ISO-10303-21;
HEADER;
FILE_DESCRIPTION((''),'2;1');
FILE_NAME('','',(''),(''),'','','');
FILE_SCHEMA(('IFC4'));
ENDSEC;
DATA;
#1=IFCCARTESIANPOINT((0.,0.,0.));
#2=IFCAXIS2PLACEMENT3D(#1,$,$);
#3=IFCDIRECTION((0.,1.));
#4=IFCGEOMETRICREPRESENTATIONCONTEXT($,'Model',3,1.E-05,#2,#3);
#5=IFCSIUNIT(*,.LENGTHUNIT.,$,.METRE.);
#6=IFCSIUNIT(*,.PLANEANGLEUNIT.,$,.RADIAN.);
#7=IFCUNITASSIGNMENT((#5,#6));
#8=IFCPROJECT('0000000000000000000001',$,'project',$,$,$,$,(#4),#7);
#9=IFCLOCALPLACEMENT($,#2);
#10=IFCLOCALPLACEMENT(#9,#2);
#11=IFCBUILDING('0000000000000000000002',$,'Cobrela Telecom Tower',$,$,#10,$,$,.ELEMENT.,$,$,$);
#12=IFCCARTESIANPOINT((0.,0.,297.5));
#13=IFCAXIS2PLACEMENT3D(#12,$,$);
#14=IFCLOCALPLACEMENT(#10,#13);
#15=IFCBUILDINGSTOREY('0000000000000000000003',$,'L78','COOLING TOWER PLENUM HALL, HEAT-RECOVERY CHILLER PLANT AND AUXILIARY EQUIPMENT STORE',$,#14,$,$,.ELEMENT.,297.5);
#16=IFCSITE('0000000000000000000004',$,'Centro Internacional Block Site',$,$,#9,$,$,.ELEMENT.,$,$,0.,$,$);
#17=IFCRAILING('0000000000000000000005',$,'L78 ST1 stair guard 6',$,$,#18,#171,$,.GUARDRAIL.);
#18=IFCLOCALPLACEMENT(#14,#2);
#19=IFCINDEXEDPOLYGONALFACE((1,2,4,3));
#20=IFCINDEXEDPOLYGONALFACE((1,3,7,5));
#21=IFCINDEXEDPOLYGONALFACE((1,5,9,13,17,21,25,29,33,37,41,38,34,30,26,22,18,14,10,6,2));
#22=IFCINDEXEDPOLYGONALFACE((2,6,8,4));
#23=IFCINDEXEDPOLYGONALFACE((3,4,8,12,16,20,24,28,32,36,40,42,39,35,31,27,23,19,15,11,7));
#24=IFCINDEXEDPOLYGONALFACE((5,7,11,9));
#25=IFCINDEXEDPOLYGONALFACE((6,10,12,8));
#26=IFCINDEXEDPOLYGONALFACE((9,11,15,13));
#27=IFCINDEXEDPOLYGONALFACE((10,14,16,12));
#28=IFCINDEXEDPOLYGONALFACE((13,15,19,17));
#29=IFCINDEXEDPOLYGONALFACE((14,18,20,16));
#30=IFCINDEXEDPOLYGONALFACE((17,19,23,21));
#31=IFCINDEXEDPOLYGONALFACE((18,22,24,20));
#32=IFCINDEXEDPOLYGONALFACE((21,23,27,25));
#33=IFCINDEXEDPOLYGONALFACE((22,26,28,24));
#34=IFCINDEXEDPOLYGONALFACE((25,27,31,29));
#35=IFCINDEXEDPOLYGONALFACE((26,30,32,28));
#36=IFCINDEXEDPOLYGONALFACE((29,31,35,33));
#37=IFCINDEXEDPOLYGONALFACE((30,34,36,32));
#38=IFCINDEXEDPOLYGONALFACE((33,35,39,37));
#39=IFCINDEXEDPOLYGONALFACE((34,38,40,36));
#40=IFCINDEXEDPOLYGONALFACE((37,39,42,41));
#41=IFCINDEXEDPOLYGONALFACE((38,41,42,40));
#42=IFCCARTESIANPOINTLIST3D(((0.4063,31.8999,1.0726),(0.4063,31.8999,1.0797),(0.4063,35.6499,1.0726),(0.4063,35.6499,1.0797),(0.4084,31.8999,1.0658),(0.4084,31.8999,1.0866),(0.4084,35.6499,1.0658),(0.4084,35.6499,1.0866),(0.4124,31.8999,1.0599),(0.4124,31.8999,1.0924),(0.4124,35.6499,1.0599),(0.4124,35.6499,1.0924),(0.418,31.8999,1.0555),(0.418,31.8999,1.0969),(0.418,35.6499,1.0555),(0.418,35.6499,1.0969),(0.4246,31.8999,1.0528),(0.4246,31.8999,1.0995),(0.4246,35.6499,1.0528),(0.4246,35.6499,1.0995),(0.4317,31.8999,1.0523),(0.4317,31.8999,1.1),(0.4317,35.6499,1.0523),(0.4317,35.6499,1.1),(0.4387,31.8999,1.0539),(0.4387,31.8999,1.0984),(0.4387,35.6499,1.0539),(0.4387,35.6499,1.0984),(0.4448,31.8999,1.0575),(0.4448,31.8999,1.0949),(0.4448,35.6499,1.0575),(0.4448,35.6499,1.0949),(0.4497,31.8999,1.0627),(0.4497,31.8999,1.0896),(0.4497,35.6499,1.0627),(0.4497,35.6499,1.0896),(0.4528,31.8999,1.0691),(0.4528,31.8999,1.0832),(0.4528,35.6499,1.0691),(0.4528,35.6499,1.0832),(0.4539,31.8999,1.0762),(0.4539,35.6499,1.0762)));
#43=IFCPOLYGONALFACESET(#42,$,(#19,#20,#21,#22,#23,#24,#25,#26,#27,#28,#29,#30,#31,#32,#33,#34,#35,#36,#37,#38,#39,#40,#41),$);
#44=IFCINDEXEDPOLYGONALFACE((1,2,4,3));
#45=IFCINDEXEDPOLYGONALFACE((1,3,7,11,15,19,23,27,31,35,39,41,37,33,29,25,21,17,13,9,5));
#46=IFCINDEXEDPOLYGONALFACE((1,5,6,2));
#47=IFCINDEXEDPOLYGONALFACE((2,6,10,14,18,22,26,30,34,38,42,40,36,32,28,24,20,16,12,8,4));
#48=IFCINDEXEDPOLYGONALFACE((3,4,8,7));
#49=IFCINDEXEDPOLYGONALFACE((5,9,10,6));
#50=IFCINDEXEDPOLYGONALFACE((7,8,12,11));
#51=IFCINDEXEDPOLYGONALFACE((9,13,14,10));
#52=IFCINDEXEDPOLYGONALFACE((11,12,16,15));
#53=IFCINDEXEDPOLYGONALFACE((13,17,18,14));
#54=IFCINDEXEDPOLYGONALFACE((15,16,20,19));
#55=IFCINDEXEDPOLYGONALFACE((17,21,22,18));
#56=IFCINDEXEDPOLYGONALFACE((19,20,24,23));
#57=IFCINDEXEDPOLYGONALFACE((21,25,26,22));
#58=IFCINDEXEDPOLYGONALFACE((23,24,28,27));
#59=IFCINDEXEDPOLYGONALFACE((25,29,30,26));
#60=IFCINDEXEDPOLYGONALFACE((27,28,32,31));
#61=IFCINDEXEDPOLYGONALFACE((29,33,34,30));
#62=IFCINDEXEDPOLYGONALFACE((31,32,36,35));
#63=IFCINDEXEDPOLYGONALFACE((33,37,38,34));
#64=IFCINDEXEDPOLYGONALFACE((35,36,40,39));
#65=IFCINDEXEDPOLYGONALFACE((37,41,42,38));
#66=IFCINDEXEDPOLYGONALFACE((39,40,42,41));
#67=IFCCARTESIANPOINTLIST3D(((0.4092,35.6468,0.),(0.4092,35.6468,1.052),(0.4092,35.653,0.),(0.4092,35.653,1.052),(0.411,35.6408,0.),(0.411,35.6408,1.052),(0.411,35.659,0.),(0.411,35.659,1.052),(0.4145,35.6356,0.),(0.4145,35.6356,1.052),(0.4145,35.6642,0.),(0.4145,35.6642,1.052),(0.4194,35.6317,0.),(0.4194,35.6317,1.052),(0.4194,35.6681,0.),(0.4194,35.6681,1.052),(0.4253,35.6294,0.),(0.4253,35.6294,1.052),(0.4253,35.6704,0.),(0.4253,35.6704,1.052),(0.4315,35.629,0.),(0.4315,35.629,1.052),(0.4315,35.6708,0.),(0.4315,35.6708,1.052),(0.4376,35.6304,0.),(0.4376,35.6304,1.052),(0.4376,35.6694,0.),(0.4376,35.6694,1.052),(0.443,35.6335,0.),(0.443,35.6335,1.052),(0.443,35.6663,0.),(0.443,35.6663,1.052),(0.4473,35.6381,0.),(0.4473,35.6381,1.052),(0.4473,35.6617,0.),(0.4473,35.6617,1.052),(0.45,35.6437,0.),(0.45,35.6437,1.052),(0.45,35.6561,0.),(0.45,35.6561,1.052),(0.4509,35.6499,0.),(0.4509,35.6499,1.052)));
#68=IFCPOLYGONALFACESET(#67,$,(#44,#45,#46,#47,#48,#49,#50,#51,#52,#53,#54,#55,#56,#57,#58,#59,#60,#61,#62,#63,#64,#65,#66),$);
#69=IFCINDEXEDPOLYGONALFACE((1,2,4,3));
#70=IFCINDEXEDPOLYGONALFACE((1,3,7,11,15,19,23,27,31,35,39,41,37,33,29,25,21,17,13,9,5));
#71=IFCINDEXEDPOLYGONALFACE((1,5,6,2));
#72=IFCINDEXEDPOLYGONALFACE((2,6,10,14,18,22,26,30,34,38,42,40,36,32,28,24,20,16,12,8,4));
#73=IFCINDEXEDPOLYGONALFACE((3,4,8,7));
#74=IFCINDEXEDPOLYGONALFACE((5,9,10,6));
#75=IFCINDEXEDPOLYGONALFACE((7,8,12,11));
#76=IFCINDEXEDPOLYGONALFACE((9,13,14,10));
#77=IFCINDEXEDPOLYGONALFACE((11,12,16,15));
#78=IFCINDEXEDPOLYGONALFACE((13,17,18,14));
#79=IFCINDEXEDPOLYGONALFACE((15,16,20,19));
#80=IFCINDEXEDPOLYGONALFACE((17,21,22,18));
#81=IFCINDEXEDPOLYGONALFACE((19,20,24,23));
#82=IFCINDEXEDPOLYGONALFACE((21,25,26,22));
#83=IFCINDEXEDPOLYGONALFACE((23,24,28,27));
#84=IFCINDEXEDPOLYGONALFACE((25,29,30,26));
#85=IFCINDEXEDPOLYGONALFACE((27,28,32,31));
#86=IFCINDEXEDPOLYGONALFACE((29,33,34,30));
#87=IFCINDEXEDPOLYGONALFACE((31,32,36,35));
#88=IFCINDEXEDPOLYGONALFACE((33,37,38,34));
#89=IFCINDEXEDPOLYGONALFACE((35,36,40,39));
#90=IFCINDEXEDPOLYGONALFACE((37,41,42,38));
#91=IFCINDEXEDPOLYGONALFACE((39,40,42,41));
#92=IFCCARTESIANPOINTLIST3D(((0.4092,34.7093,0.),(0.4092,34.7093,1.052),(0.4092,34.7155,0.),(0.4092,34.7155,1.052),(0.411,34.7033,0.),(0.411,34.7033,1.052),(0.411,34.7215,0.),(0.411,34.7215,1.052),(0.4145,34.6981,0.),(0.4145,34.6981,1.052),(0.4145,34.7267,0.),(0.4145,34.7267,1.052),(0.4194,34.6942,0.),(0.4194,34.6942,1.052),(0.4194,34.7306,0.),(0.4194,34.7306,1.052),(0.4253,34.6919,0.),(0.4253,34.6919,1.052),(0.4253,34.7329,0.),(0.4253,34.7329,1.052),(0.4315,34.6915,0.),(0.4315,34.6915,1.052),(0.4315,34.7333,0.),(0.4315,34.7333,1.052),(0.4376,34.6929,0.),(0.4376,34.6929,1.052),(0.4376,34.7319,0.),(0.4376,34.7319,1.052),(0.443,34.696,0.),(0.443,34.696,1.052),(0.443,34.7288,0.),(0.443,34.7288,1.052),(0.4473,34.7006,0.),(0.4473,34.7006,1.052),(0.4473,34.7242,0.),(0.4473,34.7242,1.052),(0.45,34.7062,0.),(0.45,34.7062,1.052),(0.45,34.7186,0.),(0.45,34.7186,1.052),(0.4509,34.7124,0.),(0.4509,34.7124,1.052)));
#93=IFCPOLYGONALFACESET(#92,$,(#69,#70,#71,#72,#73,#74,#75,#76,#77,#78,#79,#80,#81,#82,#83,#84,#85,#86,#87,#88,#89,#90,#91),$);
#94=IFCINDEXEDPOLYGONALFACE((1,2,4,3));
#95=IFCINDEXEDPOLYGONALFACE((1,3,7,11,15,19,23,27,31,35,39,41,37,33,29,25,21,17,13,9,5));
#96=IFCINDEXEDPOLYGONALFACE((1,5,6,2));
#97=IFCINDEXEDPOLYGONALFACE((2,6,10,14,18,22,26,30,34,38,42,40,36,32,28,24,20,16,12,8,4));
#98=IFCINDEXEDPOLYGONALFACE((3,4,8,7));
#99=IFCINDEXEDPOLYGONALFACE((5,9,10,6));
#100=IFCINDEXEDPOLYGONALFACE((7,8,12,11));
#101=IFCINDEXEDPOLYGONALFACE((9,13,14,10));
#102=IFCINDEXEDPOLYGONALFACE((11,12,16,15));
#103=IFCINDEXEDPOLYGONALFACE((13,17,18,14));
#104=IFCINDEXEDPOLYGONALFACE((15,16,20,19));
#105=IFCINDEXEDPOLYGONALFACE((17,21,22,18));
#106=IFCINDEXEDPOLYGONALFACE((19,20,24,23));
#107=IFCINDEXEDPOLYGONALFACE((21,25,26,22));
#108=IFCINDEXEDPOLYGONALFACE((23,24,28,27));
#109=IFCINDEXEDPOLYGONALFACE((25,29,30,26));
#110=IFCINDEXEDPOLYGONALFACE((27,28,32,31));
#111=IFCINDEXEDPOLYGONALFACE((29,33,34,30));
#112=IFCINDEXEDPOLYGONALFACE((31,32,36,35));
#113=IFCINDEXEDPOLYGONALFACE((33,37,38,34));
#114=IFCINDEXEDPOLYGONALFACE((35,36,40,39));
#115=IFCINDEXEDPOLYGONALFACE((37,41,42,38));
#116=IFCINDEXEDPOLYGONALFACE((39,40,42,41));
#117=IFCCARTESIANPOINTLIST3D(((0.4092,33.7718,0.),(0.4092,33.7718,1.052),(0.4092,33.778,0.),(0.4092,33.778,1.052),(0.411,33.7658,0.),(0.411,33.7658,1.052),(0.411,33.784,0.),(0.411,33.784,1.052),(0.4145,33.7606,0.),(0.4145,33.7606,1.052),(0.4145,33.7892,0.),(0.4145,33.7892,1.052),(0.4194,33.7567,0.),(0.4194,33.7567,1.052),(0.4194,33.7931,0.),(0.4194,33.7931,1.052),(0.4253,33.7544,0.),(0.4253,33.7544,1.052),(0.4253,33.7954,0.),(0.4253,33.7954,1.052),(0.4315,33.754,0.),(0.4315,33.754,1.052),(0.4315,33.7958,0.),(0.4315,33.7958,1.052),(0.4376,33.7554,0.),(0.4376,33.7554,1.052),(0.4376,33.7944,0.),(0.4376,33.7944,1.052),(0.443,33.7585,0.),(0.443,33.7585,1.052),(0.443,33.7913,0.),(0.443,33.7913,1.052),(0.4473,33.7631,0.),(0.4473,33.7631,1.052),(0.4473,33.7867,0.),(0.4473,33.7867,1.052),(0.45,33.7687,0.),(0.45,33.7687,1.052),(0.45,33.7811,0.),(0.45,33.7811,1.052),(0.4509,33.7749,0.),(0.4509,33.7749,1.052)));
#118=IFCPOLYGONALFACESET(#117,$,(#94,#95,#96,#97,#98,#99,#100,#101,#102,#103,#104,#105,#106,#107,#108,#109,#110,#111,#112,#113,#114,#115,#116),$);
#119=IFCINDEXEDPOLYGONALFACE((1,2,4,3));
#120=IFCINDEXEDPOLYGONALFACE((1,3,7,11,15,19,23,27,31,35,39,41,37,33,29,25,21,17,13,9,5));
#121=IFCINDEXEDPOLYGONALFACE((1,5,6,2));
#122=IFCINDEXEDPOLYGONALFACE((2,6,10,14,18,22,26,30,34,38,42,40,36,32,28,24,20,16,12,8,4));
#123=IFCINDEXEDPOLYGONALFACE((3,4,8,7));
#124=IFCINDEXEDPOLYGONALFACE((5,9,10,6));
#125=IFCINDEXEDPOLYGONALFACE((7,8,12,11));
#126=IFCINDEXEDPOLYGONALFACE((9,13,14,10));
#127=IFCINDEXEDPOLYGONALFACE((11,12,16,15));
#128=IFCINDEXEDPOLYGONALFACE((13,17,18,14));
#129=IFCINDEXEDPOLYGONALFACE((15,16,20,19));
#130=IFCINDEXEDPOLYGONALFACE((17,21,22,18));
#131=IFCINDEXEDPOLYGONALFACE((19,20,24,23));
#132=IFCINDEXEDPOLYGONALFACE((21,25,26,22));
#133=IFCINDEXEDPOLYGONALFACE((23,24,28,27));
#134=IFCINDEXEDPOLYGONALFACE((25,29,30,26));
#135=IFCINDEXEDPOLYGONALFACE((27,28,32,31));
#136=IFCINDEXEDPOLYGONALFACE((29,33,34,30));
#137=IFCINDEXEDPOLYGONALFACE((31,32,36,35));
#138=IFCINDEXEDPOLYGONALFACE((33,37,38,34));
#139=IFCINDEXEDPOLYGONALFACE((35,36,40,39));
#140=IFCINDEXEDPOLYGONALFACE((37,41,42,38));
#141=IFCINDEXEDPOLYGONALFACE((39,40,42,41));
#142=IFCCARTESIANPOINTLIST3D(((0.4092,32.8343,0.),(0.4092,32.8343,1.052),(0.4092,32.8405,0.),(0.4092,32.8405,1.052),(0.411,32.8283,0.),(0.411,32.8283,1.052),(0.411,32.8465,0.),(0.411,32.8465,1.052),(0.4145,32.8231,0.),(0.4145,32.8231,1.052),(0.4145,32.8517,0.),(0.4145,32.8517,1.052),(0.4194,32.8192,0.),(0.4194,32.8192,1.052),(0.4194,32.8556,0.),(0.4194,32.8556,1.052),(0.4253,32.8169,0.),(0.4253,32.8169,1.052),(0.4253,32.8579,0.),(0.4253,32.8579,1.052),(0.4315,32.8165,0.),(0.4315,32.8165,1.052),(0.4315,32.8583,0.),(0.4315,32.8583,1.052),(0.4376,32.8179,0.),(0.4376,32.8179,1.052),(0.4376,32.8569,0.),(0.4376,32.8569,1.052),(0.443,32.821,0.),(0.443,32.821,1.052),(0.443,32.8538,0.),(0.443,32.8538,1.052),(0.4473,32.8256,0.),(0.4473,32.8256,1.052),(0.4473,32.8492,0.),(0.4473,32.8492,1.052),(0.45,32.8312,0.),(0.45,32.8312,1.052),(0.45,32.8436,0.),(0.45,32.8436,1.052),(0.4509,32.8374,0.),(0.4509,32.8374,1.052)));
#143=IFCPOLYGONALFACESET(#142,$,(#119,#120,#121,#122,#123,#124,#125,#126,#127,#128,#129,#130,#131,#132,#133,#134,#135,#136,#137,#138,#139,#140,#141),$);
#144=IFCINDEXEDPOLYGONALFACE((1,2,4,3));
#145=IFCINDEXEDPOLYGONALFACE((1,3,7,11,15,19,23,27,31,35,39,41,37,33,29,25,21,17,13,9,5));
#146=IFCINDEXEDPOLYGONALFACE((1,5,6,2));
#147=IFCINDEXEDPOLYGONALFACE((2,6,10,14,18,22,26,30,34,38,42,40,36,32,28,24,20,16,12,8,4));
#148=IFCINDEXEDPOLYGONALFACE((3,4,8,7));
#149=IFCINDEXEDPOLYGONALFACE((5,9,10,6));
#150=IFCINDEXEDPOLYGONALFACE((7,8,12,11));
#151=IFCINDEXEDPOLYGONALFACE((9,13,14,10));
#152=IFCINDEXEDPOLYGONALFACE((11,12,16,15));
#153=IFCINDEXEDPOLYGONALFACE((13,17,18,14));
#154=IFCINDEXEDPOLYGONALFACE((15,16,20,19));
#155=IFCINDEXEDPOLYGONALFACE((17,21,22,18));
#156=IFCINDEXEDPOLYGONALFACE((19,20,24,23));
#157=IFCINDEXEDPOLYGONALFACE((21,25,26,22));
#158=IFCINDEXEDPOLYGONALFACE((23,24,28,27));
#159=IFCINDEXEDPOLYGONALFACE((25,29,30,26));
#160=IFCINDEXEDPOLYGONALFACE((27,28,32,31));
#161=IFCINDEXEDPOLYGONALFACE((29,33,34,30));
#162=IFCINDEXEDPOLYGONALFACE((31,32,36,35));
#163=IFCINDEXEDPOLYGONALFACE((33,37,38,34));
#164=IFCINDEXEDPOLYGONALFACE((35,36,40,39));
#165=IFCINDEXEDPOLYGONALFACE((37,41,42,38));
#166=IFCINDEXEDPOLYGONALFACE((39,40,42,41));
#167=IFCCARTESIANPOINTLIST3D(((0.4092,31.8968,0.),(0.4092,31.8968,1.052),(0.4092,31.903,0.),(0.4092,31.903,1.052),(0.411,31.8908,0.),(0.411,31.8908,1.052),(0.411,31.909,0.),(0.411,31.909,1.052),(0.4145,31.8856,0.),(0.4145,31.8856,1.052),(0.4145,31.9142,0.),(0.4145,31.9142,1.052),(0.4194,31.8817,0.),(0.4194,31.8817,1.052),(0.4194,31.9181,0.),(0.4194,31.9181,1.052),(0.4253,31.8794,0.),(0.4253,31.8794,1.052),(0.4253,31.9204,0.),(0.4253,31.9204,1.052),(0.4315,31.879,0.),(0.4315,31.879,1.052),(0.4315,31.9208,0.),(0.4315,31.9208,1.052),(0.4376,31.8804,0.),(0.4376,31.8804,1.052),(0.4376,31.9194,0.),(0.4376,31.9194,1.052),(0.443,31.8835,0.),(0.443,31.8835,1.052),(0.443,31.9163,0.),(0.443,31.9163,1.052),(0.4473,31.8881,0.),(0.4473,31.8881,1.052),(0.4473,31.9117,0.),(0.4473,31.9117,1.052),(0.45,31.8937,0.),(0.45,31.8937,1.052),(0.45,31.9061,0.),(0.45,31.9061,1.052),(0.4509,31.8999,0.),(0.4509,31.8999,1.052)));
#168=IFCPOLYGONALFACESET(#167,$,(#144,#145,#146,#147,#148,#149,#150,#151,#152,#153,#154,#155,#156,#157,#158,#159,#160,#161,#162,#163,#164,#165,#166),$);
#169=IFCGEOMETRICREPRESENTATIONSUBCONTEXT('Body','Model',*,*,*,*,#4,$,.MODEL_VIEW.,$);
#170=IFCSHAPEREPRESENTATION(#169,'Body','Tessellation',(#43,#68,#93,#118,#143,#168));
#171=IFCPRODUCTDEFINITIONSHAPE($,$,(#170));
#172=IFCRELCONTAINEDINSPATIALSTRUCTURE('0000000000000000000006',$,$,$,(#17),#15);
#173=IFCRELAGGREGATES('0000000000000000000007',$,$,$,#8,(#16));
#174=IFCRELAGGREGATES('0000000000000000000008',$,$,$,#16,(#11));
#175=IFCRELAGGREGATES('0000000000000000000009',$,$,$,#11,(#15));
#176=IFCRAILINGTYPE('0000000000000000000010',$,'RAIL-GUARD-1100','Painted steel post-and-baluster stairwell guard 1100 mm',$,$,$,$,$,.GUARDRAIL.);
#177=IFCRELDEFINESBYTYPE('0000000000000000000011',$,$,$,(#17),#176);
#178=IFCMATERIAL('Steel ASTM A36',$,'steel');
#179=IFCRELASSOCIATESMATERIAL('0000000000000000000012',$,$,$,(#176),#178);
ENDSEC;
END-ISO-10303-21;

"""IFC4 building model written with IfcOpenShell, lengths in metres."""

from ifc_helpers import new_model, si_unit, direction, frame, origin, origin_2d, place, context, subcontext, project, spatial, circle, extrude, material, type_object, element, save


model = new_model("IFC4")

# Units and contexts
model_context = context("Model", 3, precision=1e-05, world=origin(), true_north=direction((0.0, 1.0)))
body_context = subcontext(model_context, "Body", "Model", "MODEL_VIEW")
ifc_project = project(units=[si_unit("LENGTHUNIT", "METRE"), si_unit("PLANEANGLEUNIT", "RADIAN")], contexts=[model_context])

# Site, building, storey
site_placement = place(None, origin())
site = spatial("IfcSite", under=ifc_project, at=site_placement, Name="Centro Internacional Block Site", CompositionType="ELEMENT", RefElevation=0.0)
building_placement = place(site_placement, origin())
building = spatial("IfcBuilding", under=site, at=building_placement, Name="Cobrela Telecom Tower", CompositionType="ELEMENT")
storey_placement = place(building_placement, frame((0.0, 0.0, 297.5)))
storey = spatial("IfcBuildingStorey", under=building, at=storey_placement, Name="L78", Description="COOLING TOWER PLENUM HALL, HEAT-RECOVERY CHILLER PLANT AND AUXILIARY EQUIPMENT STORE", CompositionType="ELEMENT", Elevation=297.5)

# Shared definitions
ifc_material_1 = material(Name="Steel ASTM A36", Category="steel")

# Railing
railing_type_1 = type_object("IfcRailingType", Name="RAIL-GUARD-1100", Description="Painted steel post-and-baluster stairwell guard 1100 mm", PredefinedType="GUARDRAIL", material=ifc_material_1)
railing_1_placement = place(storey_placement, frame((0.4299, 35.6499, 0.0)))
element("IfcRailing", 1, at=railing_1_placement, inside=storey, type_object=railing_type_1, Name="L78 ST1 stair guard 6", PredefinedType="GUARDRAIL", context=body_context, shape_type="SweptSolid", body=[
    extrude(circle(Radius=0.0239, at=origin_2d()), frame((0.0, 0.0, 1.0762), z_axis=(0.0, -1.0, 0.0), x_axis=(1.0, 0.0, 0.0)), (0.0, 0.0, 1.0), 3.75),
    extrude(circle(Radius=0.021, at=origin_2d()), origin(), (0.0, 0.0, 1.0), 1.052),
    extrude(circle(Radius=0.021, at=origin_2d()), frame((0.0, -0.9375, 0.0)), (0.0, 0.0, 1.0), 1.052),
    extrude(circle(Radius=0.021, at=origin_2d()), frame((0.0, -1.875, 0.0)), (0.0, 0.0, 1.0), 1.052),
    extrude(circle(Radius=0.021, at=origin_2d()), frame((0.0, -2.8125, 0.0)), (0.0, 0.0, 1.0), 1.052),
    extrude(circle(Radius=0.021, at=origin_2d()), frame((0.0, -3.75, 0.0)), (0.0, 0.0, 1.0), 1.052),
])

save(model, "model.ifc")
